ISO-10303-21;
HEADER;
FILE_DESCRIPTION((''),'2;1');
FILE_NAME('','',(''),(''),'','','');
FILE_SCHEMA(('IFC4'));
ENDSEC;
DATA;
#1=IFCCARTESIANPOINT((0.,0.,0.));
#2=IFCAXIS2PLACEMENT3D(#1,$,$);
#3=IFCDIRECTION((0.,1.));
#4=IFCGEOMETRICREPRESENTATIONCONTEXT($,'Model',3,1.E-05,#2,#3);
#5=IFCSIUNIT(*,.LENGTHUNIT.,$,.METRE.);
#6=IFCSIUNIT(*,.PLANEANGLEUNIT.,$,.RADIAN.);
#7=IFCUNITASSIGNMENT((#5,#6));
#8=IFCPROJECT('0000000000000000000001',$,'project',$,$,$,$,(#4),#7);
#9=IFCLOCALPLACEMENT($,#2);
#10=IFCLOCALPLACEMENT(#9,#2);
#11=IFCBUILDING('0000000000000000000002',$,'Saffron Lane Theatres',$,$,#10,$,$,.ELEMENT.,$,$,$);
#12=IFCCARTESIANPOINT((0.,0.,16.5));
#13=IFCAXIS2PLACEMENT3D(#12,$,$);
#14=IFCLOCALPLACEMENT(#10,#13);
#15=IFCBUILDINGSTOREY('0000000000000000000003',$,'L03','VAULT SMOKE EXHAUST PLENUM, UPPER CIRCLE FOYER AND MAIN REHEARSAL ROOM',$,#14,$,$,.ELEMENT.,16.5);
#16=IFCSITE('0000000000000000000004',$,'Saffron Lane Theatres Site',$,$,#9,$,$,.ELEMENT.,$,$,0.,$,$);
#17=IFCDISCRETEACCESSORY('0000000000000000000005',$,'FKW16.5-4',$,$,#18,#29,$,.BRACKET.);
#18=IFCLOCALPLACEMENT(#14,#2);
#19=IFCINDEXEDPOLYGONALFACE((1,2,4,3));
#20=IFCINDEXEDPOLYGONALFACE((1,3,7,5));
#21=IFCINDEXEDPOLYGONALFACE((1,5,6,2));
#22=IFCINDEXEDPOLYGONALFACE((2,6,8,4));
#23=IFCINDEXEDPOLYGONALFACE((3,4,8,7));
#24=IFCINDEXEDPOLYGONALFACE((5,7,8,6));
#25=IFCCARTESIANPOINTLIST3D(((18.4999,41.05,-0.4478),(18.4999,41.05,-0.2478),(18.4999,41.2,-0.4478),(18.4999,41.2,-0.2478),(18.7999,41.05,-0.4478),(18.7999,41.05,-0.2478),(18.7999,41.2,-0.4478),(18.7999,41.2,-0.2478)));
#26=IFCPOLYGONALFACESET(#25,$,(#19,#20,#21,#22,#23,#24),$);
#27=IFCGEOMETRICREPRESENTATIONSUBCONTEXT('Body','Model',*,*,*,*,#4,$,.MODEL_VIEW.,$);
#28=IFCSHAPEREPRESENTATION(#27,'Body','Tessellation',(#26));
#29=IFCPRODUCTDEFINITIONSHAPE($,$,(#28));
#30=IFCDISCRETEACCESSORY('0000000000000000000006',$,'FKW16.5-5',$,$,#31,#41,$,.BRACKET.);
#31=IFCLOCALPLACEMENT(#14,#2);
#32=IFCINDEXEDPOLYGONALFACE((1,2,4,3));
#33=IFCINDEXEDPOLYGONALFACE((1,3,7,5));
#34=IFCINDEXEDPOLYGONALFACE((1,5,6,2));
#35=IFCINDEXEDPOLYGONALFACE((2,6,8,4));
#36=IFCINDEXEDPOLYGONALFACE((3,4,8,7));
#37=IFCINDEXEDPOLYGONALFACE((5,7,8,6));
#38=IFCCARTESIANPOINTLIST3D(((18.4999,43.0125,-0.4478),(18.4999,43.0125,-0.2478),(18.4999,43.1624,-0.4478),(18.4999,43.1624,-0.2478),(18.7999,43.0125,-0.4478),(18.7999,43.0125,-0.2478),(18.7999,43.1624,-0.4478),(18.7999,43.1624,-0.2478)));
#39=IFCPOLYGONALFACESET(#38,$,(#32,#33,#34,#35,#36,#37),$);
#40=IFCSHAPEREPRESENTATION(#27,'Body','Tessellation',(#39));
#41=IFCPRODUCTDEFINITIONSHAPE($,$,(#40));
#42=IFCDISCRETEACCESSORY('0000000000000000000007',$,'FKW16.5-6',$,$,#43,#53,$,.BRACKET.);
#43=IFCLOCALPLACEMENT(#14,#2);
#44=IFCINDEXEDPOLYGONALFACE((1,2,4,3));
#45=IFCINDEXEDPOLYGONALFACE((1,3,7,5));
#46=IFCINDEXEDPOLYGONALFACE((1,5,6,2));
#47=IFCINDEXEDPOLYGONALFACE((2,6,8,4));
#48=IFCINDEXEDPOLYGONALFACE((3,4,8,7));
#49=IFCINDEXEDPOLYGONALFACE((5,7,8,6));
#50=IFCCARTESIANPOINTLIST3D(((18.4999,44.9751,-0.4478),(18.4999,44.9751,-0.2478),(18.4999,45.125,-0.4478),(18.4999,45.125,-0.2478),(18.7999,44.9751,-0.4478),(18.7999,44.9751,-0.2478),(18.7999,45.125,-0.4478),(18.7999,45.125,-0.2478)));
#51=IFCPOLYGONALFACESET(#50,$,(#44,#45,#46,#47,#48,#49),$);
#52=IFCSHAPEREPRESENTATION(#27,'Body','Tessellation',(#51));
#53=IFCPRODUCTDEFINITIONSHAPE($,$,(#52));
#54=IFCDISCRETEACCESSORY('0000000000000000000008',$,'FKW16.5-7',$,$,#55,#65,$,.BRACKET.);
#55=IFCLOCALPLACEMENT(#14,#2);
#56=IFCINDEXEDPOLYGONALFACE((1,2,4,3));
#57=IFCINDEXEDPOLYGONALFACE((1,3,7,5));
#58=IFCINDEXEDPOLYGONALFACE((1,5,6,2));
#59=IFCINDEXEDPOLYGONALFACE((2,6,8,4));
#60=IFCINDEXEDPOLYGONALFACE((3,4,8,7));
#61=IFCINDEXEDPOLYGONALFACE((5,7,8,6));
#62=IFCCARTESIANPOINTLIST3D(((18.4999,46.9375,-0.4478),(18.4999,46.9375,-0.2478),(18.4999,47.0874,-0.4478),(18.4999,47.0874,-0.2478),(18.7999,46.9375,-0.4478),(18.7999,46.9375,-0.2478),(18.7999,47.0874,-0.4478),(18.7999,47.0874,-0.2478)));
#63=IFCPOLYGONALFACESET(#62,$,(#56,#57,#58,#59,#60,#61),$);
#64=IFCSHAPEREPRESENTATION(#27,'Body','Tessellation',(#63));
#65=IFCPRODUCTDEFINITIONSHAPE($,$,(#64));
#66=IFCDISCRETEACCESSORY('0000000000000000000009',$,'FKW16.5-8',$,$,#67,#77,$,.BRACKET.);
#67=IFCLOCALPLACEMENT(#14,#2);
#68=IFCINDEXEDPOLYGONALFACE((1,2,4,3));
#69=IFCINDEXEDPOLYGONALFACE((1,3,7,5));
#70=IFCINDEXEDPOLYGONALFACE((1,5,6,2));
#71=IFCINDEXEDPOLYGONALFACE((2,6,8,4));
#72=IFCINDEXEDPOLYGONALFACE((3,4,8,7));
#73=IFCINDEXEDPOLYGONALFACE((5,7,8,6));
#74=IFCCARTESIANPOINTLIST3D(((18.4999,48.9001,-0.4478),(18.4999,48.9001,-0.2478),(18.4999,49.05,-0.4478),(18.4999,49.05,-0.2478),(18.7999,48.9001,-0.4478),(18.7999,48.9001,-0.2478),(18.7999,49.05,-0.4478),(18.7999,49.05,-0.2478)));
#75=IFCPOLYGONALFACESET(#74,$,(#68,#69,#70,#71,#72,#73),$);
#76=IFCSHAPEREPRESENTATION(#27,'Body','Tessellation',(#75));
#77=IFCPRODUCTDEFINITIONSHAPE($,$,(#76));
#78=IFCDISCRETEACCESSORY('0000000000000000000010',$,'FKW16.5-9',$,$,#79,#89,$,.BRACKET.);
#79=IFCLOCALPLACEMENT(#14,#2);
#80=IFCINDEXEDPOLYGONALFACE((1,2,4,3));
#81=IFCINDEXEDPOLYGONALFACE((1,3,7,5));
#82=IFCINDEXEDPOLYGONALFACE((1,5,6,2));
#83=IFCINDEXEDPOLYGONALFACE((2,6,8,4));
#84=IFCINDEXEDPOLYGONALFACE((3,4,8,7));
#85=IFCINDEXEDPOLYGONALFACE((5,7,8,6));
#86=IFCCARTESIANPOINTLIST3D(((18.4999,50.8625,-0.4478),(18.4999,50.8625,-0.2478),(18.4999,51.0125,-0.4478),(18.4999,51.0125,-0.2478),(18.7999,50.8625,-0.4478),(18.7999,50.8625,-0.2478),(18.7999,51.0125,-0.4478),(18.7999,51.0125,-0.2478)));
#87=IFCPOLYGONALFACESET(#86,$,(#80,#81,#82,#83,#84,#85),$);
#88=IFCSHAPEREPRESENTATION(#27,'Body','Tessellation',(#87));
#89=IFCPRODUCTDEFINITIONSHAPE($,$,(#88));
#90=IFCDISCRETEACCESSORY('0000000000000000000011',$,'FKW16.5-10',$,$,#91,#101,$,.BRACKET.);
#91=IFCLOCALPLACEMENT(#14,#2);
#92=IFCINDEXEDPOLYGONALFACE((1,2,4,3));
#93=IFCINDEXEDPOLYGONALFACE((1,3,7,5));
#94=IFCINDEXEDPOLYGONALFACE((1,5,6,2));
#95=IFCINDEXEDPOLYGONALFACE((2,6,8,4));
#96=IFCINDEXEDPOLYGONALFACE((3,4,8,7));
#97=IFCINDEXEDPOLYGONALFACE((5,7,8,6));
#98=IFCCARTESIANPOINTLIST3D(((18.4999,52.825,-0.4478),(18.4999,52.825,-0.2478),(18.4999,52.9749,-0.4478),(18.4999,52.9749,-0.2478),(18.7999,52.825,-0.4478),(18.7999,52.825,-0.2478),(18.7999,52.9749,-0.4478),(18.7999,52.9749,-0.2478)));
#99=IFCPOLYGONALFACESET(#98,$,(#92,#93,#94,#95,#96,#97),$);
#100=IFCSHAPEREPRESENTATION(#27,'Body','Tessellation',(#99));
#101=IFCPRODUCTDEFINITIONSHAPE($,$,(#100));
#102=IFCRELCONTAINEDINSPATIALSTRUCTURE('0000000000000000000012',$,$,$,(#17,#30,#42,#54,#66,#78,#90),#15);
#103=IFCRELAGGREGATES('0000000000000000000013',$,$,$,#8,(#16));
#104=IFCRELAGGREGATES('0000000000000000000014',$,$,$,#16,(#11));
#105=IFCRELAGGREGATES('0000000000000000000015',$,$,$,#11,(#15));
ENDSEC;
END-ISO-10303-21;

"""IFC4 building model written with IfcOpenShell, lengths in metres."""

from ifc_helpers import new_model, si_unit, direction, frame, origin, origin_2d, place, context, subcontext, project, spatial, rectangle, extrude, element, save


model = new_model("IFC4")

# Units and contexts
model_context = context("Model", 3, precision=1e-05, world=origin(), true_north=direction((0.0, 1.0)))
body_context = subcontext(model_context, "Body", "Model", "MODEL_VIEW")
ifc_project = project(units=[si_unit("LENGTHUNIT", "METRE"), si_unit("PLANEANGLEUNIT", "RADIAN")], contexts=[model_context])

# Site, building, storey
site_placement = place(None, origin())
site = spatial("IfcSite", under=ifc_project, at=site_placement, Name="Saffron Lane Theatres Site", CompositionType="ELEMENT", RefElevation=0.0)
building_placement = place(site_placement, origin())
building = spatial("IfcBuilding", under=site, at=building_placement, Name="Saffron Lane Theatres", CompositionType="ELEMENT")
storey_placement = place(building_placement, frame((0.0, 0.0, 16.5)))
storey = spatial("IfcBuildingStorey", under=building, at=storey_placement, Name="L03", Description="VAULT SMOKE EXHAUST PLENUM, UPPER CIRCLE FOYER AND MAIN REHEARSAL ROOM", CompositionType="ELEMENT", Elevation=16.5)

# Discrete accessories
for number, where, z_axis, x_axis, name in (
    (1, (18.6499, 41.125, -0.4478), (0.0, 0.0, 1.0), (1.0, 0.0, 0.0), "FKW16.5-4"),
    (2, (18.6499, 43.0874, -0.4478), (0.0, 0.0, 1.0), (1.0, 0.0, 0.0), "FKW16.5-5"),
    (3, (18.6499, 45.05, -0.4478), (0.0, 0.0, 1.0), (1.0, 0.0, 0.0), "FKW16.5-6"),
    (4, (18.6499, 47.0125, -0.4478), (0.0, 0.0, 1.0), (1.0, 0.0, 0.0), "FKW16.5-7"),
    (5, (18.6499, 48.9751, -0.4478), (0.0, 0.0, 1.0), (1.0, 0.0, 0.0), "FKW16.5-8"),
    (6, (18.6499, 50.9375, -0.4478), (0.0, 0.0, 1.0), (1.0, 0.0, 0.0), "FKW16.5-9"),
    (7, (18.6499, 52.8999, -0.4478), (0.0, 0.0, 1.0), (1.0, 0.0, 0.0), "FKW16.5-10"),
):
    element("IfcDiscreteAccessory", number, at=place(storey_placement, frame(where, z_axis=z_axis, x_axis=x_axis)), inside=storey, Name=name, PredefinedType="BRACKET", context=body_context, shape_type="SweptSolid", body=[
        extrude(rectangle(XDim=0.3, YDim=0.1499, at=origin_2d()), origin(), (0.0, 0.0, 1.0), 0.2),
    ])

save(model, "model.ifc")
